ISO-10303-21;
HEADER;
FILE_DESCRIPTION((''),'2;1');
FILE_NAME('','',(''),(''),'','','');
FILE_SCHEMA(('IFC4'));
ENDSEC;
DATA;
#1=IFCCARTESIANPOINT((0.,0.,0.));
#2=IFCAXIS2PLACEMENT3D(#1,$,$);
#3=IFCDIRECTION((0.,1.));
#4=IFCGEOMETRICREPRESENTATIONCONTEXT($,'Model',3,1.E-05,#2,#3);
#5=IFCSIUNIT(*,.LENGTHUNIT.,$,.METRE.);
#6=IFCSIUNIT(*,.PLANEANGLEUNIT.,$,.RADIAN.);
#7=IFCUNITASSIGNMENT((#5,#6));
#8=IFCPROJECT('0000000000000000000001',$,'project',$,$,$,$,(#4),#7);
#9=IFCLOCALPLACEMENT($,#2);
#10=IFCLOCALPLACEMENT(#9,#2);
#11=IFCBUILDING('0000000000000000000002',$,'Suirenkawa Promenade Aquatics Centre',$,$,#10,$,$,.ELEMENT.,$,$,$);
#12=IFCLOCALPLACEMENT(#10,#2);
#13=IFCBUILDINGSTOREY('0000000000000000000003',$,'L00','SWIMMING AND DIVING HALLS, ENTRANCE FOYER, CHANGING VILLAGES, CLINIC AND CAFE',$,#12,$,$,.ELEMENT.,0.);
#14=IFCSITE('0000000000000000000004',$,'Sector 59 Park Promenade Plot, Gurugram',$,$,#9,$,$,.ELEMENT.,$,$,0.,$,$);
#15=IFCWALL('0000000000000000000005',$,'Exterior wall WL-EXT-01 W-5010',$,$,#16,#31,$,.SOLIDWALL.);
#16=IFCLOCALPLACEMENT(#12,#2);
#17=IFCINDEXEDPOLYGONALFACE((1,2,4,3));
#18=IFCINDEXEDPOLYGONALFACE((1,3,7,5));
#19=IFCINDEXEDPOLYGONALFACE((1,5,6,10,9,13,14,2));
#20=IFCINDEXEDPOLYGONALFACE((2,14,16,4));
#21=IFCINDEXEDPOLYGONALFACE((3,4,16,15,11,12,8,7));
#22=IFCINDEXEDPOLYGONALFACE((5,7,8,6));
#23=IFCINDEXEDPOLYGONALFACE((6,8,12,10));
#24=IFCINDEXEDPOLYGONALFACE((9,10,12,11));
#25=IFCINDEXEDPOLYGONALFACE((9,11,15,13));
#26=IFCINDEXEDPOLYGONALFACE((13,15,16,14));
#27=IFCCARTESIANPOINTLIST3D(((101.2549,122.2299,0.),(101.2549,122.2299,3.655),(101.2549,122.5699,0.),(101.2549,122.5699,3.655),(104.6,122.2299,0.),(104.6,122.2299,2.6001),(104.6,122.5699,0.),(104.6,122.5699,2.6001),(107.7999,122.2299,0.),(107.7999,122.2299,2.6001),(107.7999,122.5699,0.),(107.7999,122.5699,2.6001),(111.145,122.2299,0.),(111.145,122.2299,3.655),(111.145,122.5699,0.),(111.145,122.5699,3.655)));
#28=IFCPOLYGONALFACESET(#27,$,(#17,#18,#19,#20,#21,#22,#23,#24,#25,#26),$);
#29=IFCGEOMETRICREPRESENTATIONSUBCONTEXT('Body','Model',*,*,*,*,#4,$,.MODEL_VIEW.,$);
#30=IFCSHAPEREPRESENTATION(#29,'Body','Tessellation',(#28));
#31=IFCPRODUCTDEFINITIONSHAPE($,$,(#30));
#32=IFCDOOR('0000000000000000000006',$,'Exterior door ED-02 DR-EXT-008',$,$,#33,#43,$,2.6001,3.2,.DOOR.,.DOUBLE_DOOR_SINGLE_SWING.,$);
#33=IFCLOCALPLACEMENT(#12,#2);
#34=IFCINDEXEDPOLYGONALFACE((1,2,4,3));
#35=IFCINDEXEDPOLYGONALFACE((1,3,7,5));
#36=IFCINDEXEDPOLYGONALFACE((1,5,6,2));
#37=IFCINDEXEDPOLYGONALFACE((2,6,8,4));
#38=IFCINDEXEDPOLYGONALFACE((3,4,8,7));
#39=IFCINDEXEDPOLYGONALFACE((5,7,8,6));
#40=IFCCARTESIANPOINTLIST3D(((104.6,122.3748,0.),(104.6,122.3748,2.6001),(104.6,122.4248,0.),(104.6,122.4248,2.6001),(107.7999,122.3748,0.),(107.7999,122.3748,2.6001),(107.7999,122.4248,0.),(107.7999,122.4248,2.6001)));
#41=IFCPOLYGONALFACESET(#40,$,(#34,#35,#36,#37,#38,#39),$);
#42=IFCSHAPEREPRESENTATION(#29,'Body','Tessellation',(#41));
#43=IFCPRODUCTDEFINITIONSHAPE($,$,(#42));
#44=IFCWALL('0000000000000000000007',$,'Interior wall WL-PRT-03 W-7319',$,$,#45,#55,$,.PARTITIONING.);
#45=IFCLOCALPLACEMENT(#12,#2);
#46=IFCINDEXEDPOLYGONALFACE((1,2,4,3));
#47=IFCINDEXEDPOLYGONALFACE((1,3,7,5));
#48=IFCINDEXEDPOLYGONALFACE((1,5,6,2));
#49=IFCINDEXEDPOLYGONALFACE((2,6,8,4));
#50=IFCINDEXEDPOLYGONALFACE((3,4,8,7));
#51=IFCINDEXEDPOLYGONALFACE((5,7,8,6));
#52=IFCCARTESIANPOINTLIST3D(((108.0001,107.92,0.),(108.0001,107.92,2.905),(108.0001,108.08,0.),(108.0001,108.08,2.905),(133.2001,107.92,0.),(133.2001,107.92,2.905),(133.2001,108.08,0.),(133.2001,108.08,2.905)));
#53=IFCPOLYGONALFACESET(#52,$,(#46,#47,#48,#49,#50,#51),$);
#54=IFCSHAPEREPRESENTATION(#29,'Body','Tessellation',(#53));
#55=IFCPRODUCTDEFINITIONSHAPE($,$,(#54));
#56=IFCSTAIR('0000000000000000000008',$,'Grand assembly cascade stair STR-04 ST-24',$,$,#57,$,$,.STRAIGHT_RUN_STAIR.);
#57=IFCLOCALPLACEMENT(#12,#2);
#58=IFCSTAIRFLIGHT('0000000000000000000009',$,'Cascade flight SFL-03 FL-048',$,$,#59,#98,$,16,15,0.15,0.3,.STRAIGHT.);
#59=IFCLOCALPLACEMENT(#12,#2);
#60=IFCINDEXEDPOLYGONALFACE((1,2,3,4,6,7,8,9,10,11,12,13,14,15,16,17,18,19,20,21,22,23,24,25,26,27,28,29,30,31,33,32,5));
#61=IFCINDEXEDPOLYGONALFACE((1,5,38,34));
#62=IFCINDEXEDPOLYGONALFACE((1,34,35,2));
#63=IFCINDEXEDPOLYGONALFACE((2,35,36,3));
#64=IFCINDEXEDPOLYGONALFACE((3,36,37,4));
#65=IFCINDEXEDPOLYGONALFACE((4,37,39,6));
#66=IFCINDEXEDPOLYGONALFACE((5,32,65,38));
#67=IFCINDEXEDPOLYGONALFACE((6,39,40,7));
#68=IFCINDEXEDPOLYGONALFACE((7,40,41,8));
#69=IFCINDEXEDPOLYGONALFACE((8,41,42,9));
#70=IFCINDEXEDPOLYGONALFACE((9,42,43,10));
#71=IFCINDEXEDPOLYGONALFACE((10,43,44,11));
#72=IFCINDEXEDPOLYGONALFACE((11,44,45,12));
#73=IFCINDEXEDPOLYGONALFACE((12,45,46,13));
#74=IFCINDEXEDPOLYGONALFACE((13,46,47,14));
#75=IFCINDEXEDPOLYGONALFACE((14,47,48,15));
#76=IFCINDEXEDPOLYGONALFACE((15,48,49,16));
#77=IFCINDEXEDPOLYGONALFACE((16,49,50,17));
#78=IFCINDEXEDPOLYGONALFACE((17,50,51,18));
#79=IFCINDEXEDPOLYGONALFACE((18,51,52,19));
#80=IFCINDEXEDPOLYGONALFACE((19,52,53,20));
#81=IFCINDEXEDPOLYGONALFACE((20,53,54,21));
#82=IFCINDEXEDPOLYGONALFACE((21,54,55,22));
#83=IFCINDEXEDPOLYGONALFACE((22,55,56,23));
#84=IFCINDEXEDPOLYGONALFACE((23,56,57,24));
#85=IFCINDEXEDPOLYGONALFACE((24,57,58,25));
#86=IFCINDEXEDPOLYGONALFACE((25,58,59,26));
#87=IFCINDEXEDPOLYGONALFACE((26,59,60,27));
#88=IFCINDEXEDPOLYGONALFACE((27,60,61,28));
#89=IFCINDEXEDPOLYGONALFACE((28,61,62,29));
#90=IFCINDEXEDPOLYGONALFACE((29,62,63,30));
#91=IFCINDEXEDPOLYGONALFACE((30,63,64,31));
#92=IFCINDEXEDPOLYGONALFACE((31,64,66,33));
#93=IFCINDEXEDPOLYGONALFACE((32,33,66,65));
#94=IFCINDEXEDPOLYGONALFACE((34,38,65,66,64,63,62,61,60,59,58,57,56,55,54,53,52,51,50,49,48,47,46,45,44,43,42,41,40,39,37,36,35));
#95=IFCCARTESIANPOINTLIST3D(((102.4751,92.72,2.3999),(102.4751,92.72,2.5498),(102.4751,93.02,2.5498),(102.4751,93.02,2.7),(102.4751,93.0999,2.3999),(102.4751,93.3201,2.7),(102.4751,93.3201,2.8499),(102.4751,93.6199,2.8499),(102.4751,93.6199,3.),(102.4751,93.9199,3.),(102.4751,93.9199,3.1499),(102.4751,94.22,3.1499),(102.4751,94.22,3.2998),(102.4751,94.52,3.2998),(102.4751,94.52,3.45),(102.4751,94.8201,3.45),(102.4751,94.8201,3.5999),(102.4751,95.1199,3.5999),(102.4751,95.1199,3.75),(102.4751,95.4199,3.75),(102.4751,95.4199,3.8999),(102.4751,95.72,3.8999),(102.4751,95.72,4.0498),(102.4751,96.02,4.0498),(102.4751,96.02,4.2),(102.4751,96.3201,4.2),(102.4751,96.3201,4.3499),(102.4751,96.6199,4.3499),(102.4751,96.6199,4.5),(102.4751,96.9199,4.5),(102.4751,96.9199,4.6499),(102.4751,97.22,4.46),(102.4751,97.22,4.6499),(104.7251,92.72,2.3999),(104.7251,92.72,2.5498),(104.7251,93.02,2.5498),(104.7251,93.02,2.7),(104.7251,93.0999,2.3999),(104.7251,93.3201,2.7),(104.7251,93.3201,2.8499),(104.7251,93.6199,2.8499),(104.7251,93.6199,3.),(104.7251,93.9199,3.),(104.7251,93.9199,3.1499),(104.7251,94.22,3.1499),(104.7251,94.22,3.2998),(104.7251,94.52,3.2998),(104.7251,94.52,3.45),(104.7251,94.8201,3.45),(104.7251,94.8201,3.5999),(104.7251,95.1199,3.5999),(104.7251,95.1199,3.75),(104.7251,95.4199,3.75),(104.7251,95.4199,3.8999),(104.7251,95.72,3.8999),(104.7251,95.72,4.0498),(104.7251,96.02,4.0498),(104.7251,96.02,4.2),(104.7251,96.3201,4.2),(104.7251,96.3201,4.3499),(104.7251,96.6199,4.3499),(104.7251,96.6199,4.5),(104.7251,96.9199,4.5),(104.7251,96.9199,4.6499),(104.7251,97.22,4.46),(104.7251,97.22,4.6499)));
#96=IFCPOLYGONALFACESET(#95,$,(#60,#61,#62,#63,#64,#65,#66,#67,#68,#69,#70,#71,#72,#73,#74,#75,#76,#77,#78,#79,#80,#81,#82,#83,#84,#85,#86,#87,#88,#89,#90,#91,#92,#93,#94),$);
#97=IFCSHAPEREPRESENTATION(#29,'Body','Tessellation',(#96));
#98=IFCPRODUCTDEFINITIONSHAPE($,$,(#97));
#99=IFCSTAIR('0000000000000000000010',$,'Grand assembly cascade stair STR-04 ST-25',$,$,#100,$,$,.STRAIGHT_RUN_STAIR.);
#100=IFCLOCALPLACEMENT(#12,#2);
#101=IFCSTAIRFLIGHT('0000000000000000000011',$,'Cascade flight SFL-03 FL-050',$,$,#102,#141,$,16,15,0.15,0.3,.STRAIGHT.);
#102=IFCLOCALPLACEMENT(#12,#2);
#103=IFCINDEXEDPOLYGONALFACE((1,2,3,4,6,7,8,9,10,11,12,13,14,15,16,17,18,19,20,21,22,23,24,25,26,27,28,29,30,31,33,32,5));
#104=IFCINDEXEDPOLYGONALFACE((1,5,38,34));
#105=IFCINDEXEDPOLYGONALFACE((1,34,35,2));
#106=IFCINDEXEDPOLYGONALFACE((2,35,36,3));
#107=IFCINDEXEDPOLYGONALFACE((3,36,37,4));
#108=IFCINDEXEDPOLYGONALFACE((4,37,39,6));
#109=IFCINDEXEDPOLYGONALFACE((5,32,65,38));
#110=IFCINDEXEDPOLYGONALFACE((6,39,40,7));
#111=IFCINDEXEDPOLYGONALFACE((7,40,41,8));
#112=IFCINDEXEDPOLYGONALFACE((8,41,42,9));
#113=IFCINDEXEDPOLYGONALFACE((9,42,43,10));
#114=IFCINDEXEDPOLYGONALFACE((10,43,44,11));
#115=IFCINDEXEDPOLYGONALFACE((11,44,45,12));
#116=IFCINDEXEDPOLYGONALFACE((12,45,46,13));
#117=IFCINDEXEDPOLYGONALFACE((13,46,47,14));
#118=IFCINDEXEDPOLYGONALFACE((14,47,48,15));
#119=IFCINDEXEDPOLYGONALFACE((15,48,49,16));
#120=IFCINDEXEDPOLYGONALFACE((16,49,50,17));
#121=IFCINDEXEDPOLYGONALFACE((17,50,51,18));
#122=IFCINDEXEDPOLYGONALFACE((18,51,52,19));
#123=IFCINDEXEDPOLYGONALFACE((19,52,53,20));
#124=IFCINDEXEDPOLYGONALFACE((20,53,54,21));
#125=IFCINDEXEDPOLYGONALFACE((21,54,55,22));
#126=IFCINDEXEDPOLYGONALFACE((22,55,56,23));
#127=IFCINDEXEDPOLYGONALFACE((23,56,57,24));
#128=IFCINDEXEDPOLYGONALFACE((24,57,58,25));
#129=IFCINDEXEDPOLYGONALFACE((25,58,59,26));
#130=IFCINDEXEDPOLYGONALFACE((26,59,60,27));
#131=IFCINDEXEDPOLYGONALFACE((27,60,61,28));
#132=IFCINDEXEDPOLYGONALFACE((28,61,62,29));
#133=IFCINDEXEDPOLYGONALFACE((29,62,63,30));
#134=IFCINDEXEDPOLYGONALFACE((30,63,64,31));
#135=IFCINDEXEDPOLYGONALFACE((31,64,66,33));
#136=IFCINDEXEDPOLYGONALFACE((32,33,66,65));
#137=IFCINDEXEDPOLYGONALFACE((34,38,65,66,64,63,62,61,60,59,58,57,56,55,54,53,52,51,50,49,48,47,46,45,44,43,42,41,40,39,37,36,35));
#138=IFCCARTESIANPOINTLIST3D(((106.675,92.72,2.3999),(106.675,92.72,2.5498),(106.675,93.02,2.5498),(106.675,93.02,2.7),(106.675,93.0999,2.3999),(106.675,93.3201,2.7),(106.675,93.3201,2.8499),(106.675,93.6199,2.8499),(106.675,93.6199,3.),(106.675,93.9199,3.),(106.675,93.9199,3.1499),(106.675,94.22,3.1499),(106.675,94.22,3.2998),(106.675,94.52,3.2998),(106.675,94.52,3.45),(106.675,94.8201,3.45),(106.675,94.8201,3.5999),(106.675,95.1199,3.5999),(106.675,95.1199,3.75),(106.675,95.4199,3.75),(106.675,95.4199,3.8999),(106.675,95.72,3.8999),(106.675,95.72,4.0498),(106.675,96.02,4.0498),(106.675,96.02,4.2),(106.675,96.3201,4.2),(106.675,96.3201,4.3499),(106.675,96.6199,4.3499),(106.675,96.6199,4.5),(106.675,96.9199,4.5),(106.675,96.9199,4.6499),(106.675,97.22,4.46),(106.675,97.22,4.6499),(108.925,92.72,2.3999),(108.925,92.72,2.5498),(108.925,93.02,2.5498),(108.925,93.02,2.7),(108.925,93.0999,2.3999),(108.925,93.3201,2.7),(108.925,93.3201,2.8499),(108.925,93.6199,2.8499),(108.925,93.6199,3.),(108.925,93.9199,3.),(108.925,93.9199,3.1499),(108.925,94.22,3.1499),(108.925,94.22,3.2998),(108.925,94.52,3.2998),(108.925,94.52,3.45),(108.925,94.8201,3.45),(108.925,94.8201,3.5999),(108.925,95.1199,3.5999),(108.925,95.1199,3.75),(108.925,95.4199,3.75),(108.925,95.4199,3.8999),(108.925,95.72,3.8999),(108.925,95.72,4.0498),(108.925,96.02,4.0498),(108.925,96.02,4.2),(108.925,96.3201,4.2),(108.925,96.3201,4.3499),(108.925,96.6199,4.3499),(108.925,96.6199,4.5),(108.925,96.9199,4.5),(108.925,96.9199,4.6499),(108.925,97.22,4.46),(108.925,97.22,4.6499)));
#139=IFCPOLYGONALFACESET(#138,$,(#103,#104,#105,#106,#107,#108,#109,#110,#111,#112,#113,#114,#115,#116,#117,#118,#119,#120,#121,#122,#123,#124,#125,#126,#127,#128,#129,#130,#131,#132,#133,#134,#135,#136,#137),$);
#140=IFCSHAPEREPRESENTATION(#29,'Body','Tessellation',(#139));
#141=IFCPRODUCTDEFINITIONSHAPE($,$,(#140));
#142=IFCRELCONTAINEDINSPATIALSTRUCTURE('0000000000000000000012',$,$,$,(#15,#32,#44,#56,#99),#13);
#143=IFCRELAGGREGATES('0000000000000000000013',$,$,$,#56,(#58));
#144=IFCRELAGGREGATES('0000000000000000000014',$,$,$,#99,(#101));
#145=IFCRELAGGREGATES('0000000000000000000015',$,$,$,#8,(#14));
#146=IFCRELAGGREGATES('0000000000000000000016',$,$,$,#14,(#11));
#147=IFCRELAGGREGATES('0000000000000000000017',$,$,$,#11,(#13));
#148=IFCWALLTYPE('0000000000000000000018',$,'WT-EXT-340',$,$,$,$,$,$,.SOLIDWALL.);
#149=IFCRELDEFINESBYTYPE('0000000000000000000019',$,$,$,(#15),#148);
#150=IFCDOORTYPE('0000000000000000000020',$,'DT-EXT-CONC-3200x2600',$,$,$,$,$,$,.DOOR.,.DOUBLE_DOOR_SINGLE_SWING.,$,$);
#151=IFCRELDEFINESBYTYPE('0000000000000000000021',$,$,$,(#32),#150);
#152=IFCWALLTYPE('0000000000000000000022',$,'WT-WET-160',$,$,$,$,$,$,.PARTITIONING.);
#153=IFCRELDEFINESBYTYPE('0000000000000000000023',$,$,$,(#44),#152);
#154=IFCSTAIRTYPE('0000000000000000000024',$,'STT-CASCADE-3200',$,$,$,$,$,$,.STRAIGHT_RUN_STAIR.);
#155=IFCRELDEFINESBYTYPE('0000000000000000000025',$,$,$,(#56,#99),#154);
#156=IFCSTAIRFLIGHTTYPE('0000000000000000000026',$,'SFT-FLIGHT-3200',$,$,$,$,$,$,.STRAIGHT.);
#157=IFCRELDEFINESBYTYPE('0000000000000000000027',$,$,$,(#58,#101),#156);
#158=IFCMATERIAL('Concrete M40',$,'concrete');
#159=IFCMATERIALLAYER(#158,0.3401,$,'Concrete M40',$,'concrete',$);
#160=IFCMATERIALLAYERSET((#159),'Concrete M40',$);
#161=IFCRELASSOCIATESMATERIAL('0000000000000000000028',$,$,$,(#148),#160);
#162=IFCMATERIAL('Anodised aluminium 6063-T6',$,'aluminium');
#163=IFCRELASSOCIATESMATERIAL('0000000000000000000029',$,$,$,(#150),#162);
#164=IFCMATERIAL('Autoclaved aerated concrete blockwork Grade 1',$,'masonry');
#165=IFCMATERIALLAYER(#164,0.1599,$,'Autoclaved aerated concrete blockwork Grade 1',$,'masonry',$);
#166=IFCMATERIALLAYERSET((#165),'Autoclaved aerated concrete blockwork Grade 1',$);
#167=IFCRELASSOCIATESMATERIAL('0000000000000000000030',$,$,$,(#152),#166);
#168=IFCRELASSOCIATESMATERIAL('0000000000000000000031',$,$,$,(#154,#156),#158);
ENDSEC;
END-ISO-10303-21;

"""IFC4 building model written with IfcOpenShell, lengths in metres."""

from ifc_helpers import new_model, si_unit, direction, frame, frame_2d, origin, place, context, subcontext, project, spatial, polyline, rectangle, outline, extrude, material, layer, layer_set, type_object, element, fill, aggregate, save


model = new_model("IFC4")

# Units and contexts
model_context = context("Model", 3, precision=1e-05, world=origin(), true_north=direction((0.0, 1.0)))
body_context = subcontext(model_context, "Body", "Model", "MODEL_VIEW")
ifc_project = project(units=[si_unit("LENGTHUNIT", "METRE"), si_unit("PLANEANGLEUNIT", "RADIAN")], contexts=[model_context])

# Site, building, storey
site_placement = place(None, origin())
site = spatial("IfcSite", under=ifc_project, at=site_placement, Name="Sector 59 Park Promenade Plot, Gurugram", CompositionType="ELEMENT", RefElevation=0.0)
building_placement = place(site_placement, origin())
building = spatial("IfcBuilding", under=site, at=building_placement, Name="Suirenkawa Promenade Aquatics Centre", CompositionType="ELEMENT")
storey_placement = place(building_placement, origin())
storey = spatial("IfcBuildingStorey", under=building, at=storey_placement, Name="L00", Description="SWIMMING AND DIVING HALLS, ENTRANCE FOYER, CHANGING VILLAGES, CLINIC AND CAFE", CompositionType="ELEMENT", Elevation=0.0)

# Shared definitions
ifc_material_1 = material(Name="Concrete M40", Category="concrete")

# Wall, opening, door
ifc_layer_1 = layer(ifc_material_1, 0.3401, Name="Concrete M40", Category="concrete")
ifc_layer_set_1 = layer_set([ifc_layer_1], Name="Concrete M40")
wall_type_1 = type_object("IfcWallType", Name="WT-EXT-340", PredefinedType="SOLIDWALL", material=ifc_layer_set_1)
wall_1_placement = place(storey_placement, frame((101.2549, 122.3999, 0.0), z_axis=(0.0, 0.0, 1.0), x_axis=(1.0, 0.0, 0.0)))
wall_1 = element("IfcWall", 1, at=wall_1_placement, inside=storey, type_object=wall_type_1, Name="Exterior wall WL-EXT-01 W-5010", PredefinedType="SOLIDWALL", context=body_context, shape_type="SweptSolid", body=[
    extrude(rectangle(XDim=9.8901, YDim=0.3401, at=frame_2d((4.9451, 0.0))), origin(), (0.0, 0.0, 1.0), 3.655),
])
opening_placement = place(wall_1_placement, frame((3.345, 0.0, 0.0)))
opening = element("IfcOpeningElement", 2, at=opening_placement, cuts=wall_1, PredefinedType="OPENING", context=body_context, shape_type="SweptSolid", body=[
    extrude(rectangle(XDim=3.2, YDim=2.6001, at=frame_2d((1.6001, 1.3))), frame((0.0, 0.1799, 0.0), z_axis=(0.0, -1.0, 0.0), x_axis=(1.0, 0.0, 0.0)), (0.0, 0.0, 1.0), 0.3601),
])
ifc_material_2 = material(Name="Anodised aluminium 6063-T6", Category="aluminium")
door_type = type_object("IfcDoorType", Name="DT-EXT-CONC-3200x2600", OperationType="DOUBLE_DOOR_SINGLE_SWING", PredefinedType="DOOR", material=ifc_material_2)
door_placement = place(opening_placement, origin())
door = element("IfcDoor", 3, at=door_placement, inside=storey, type_object=door_type, Name="Exterior door ED-02 DR-EXT-008", OperationType="DOUBLE_DOOR_SINGLE_SWING", OverallHeight=2.6001, OverallWidth=3.2, PredefinedType="DOOR", context=body_context, shape_type="SweptSolid", body=[
    extrude(rectangle(XDim=3.2, YDim=2.6001, at=frame_2d((1.6001, 1.3))), frame((0.0, 0.0249, 0.0), z_axis=(0.0, -1.0, 0.0), x_axis=(1.0, 0.0, 0.0)), (0.0, 0.0, 1.0), 0.05),
])
fill(opening, door)

# Wall
ifc_material_3 = material(Name="Autoclaved aerated concrete blockwork Grade 1", Category="masonry")
ifc_layer_2 = layer(ifc_material_3, 0.1599, Name="Autoclaved aerated concrete blockwork Grade 1", Category="masonry")
ifc_layer_set_2 = layer_set([ifc_layer_2], Name="Autoclaved aerated concrete blockwork Grade 1")
wall_type_2 = type_object("IfcWallType", Name="WT-WET-160", PredefinedType="PARTITIONING", material=ifc_layer_set_2)
wall_2_placement = place(storey_placement, frame((108.0, 108.0, 0.0), z_axis=(0.0, 0.0, 1.0), x_axis=(1.0, 0.0, 0.0)))
element("IfcWall", 4, at=wall_2_placement, inside=storey, type_object=wall_type_2, Name="Interior wall WL-PRT-03 W-7319", PredefinedType="PARTITIONING", context=body_context, shape_type="SweptSolid", body=[
    extrude(rectangle(XDim=25.2, YDim=0.1599, at=frame_2d((12.6001, 0.0))), origin(), (0.0, 0.0, 1.0), 2.905),
])

# Stairs, stair flights
stair_type = type_object("IfcStairType", Name="STT-CASCADE-3200", PredefinedType="STRAIGHT_RUN_STAIR", material=ifc_material_1)
stair_1_placement = place(storey_placement, origin())
stair_1 = element("IfcStair", 5, at=stair_1_placement, inside=storey, type_object=stair_type, Name="Grand assembly cascade stair STR-04 ST-24", PredefinedType="STRAIGHT_RUN_STAIR")
stair_flight_type = type_object("IfcStairFlightType", Name="SFT-FLIGHT-3200", PredefinedType="STRAIGHT", material=ifc_material_1)
stair_flight_1_placement = place(storey_placement, frame((103.6001, 92.72, 2.3999), z_axis=(0.0, 0.0, 1.0), x_axis=(0.0, 1.0, 0.0)))
stair_flight_1 = element("IfcStairFlight", 6, at=stair_flight_1_placement, type_object=stair_flight_type, Name="Cascade flight SFL-03 FL-048", NumberOfRisers=16, NumberOfTreads=15, PredefinedType="STRAIGHT", RiserHeight=0.15, TreadLength=0.3, context=body_context, shape_type="SweptSolid", body=[
    extrude(outline(polyline([(0.0, 0.0), (0.0, 0.1499), (0.3, 0.1499), (0.3, 0.3), (0.6001, 0.3), (0.6001, 0.45), (0.8999, 0.45), (0.8999, 0.6001), (1.2, 0.6001), (1.2, 0.75), (1.5, 0.75), (1.5, 0.8999), (1.8, 0.8999), (1.8, 1.05), (2.1001, 1.05), (2.1001, 1.2), (2.3999, 1.2), (2.3999, 1.3501), (2.7, 1.3501), (2.7, 1.5), (3.0, 1.5), (3.0, 1.6499), (3.3, 1.6499), (3.3, 1.8), (3.6001, 1.8), (3.6001, 1.95), (3.8999, 1.95), (3.8999, 2.1001), (4.2, 2.1001), (4.2, 2.25), (4.5, 2.25), (4.5, 2.3999), (4.5, 2.0601), (0.3799, 0.0), (0.0, 0.0)])), frame((0.0, 1.125, 0.0), z_axis=(0.0, -1.0, 0.0), x_axis=(1.0, 0.0, 0.0)), (0.0, 0.0, 1.0), 2.25),
])
aggregate(stair_1, [stair_flight_1])
stair_2_placement = place(storey_placement, origin())
stair_2 = element("IfcStair", 7, at=stair_2_placement, inside=storey, type_object=stair_type, Name="Grand assembly cascade stair STR-04 ST-25", PredefinedType="STRAIGHT_RUN_STAIR")
stair_flight_2_placement = place(storey_placement, frame((107.8, 92.72, 2.3999), z_axis=(0.0, 0.0, 1.0), x_axis=(0.0, 1.0, 0.0)))
stair_flight_2 = element("IfcStairFlight", 8, at=stair_flight_2_placement, type_object=stair_flight_type, Name="Cascade flight SFL-03 FL-050", NumberOfRisers=16, NumberOfTreads=15, PredefinedType="STRAIGHT", RiserHeight=0.15, TreadLength=0.3, context=body_context, shape_type="SweptSolid", body=[
    extrude(outline(polyline([(0.0, 0.0), (0.0, 0.1499), (0.3, 0.1499), (0.3, 0.3), (0.6001, 0.3), (0.6001, 0.45), (0.8999, 0.45), (0.8999, 0.6001), (1.2, 0.6001), (1.2, 0.75), (1.5, 0.75), (1.5, 0.8999), (1.8, 0.8999), (1.8, 1.05), (2.1001, 1.05), (2.1001, 1.2), (2.3999, 1.2), (2.3999, 1.3501), (2.7, 1.3501), (2.7, 1.5), (3.0, 1.5), (3.0, 1.6499), (3.3, 1.6499), (3.3, 1.8), (3.6001, 1.8), (3.6001, 1.95), (3.8999, 1.95), (3.8999, 2.1001), (4.2, 2.1001), (4.2, 2.25), (4.5, 2.25), (4.5, 2.3999), (4.5, 2.0601), (0.3799, 0.0), (0.0, 0.0)])), frame((0.0, 1.125, 0.0), z_axis=(0.0, -1.0, 0.0), x_axis=(1.0, 0.0, 0.0)), (0.0, 0.0, 1.0), 2.25),
])
aggregate(stair_2, [stair_flight_2])

save(model, "model.ifc")
